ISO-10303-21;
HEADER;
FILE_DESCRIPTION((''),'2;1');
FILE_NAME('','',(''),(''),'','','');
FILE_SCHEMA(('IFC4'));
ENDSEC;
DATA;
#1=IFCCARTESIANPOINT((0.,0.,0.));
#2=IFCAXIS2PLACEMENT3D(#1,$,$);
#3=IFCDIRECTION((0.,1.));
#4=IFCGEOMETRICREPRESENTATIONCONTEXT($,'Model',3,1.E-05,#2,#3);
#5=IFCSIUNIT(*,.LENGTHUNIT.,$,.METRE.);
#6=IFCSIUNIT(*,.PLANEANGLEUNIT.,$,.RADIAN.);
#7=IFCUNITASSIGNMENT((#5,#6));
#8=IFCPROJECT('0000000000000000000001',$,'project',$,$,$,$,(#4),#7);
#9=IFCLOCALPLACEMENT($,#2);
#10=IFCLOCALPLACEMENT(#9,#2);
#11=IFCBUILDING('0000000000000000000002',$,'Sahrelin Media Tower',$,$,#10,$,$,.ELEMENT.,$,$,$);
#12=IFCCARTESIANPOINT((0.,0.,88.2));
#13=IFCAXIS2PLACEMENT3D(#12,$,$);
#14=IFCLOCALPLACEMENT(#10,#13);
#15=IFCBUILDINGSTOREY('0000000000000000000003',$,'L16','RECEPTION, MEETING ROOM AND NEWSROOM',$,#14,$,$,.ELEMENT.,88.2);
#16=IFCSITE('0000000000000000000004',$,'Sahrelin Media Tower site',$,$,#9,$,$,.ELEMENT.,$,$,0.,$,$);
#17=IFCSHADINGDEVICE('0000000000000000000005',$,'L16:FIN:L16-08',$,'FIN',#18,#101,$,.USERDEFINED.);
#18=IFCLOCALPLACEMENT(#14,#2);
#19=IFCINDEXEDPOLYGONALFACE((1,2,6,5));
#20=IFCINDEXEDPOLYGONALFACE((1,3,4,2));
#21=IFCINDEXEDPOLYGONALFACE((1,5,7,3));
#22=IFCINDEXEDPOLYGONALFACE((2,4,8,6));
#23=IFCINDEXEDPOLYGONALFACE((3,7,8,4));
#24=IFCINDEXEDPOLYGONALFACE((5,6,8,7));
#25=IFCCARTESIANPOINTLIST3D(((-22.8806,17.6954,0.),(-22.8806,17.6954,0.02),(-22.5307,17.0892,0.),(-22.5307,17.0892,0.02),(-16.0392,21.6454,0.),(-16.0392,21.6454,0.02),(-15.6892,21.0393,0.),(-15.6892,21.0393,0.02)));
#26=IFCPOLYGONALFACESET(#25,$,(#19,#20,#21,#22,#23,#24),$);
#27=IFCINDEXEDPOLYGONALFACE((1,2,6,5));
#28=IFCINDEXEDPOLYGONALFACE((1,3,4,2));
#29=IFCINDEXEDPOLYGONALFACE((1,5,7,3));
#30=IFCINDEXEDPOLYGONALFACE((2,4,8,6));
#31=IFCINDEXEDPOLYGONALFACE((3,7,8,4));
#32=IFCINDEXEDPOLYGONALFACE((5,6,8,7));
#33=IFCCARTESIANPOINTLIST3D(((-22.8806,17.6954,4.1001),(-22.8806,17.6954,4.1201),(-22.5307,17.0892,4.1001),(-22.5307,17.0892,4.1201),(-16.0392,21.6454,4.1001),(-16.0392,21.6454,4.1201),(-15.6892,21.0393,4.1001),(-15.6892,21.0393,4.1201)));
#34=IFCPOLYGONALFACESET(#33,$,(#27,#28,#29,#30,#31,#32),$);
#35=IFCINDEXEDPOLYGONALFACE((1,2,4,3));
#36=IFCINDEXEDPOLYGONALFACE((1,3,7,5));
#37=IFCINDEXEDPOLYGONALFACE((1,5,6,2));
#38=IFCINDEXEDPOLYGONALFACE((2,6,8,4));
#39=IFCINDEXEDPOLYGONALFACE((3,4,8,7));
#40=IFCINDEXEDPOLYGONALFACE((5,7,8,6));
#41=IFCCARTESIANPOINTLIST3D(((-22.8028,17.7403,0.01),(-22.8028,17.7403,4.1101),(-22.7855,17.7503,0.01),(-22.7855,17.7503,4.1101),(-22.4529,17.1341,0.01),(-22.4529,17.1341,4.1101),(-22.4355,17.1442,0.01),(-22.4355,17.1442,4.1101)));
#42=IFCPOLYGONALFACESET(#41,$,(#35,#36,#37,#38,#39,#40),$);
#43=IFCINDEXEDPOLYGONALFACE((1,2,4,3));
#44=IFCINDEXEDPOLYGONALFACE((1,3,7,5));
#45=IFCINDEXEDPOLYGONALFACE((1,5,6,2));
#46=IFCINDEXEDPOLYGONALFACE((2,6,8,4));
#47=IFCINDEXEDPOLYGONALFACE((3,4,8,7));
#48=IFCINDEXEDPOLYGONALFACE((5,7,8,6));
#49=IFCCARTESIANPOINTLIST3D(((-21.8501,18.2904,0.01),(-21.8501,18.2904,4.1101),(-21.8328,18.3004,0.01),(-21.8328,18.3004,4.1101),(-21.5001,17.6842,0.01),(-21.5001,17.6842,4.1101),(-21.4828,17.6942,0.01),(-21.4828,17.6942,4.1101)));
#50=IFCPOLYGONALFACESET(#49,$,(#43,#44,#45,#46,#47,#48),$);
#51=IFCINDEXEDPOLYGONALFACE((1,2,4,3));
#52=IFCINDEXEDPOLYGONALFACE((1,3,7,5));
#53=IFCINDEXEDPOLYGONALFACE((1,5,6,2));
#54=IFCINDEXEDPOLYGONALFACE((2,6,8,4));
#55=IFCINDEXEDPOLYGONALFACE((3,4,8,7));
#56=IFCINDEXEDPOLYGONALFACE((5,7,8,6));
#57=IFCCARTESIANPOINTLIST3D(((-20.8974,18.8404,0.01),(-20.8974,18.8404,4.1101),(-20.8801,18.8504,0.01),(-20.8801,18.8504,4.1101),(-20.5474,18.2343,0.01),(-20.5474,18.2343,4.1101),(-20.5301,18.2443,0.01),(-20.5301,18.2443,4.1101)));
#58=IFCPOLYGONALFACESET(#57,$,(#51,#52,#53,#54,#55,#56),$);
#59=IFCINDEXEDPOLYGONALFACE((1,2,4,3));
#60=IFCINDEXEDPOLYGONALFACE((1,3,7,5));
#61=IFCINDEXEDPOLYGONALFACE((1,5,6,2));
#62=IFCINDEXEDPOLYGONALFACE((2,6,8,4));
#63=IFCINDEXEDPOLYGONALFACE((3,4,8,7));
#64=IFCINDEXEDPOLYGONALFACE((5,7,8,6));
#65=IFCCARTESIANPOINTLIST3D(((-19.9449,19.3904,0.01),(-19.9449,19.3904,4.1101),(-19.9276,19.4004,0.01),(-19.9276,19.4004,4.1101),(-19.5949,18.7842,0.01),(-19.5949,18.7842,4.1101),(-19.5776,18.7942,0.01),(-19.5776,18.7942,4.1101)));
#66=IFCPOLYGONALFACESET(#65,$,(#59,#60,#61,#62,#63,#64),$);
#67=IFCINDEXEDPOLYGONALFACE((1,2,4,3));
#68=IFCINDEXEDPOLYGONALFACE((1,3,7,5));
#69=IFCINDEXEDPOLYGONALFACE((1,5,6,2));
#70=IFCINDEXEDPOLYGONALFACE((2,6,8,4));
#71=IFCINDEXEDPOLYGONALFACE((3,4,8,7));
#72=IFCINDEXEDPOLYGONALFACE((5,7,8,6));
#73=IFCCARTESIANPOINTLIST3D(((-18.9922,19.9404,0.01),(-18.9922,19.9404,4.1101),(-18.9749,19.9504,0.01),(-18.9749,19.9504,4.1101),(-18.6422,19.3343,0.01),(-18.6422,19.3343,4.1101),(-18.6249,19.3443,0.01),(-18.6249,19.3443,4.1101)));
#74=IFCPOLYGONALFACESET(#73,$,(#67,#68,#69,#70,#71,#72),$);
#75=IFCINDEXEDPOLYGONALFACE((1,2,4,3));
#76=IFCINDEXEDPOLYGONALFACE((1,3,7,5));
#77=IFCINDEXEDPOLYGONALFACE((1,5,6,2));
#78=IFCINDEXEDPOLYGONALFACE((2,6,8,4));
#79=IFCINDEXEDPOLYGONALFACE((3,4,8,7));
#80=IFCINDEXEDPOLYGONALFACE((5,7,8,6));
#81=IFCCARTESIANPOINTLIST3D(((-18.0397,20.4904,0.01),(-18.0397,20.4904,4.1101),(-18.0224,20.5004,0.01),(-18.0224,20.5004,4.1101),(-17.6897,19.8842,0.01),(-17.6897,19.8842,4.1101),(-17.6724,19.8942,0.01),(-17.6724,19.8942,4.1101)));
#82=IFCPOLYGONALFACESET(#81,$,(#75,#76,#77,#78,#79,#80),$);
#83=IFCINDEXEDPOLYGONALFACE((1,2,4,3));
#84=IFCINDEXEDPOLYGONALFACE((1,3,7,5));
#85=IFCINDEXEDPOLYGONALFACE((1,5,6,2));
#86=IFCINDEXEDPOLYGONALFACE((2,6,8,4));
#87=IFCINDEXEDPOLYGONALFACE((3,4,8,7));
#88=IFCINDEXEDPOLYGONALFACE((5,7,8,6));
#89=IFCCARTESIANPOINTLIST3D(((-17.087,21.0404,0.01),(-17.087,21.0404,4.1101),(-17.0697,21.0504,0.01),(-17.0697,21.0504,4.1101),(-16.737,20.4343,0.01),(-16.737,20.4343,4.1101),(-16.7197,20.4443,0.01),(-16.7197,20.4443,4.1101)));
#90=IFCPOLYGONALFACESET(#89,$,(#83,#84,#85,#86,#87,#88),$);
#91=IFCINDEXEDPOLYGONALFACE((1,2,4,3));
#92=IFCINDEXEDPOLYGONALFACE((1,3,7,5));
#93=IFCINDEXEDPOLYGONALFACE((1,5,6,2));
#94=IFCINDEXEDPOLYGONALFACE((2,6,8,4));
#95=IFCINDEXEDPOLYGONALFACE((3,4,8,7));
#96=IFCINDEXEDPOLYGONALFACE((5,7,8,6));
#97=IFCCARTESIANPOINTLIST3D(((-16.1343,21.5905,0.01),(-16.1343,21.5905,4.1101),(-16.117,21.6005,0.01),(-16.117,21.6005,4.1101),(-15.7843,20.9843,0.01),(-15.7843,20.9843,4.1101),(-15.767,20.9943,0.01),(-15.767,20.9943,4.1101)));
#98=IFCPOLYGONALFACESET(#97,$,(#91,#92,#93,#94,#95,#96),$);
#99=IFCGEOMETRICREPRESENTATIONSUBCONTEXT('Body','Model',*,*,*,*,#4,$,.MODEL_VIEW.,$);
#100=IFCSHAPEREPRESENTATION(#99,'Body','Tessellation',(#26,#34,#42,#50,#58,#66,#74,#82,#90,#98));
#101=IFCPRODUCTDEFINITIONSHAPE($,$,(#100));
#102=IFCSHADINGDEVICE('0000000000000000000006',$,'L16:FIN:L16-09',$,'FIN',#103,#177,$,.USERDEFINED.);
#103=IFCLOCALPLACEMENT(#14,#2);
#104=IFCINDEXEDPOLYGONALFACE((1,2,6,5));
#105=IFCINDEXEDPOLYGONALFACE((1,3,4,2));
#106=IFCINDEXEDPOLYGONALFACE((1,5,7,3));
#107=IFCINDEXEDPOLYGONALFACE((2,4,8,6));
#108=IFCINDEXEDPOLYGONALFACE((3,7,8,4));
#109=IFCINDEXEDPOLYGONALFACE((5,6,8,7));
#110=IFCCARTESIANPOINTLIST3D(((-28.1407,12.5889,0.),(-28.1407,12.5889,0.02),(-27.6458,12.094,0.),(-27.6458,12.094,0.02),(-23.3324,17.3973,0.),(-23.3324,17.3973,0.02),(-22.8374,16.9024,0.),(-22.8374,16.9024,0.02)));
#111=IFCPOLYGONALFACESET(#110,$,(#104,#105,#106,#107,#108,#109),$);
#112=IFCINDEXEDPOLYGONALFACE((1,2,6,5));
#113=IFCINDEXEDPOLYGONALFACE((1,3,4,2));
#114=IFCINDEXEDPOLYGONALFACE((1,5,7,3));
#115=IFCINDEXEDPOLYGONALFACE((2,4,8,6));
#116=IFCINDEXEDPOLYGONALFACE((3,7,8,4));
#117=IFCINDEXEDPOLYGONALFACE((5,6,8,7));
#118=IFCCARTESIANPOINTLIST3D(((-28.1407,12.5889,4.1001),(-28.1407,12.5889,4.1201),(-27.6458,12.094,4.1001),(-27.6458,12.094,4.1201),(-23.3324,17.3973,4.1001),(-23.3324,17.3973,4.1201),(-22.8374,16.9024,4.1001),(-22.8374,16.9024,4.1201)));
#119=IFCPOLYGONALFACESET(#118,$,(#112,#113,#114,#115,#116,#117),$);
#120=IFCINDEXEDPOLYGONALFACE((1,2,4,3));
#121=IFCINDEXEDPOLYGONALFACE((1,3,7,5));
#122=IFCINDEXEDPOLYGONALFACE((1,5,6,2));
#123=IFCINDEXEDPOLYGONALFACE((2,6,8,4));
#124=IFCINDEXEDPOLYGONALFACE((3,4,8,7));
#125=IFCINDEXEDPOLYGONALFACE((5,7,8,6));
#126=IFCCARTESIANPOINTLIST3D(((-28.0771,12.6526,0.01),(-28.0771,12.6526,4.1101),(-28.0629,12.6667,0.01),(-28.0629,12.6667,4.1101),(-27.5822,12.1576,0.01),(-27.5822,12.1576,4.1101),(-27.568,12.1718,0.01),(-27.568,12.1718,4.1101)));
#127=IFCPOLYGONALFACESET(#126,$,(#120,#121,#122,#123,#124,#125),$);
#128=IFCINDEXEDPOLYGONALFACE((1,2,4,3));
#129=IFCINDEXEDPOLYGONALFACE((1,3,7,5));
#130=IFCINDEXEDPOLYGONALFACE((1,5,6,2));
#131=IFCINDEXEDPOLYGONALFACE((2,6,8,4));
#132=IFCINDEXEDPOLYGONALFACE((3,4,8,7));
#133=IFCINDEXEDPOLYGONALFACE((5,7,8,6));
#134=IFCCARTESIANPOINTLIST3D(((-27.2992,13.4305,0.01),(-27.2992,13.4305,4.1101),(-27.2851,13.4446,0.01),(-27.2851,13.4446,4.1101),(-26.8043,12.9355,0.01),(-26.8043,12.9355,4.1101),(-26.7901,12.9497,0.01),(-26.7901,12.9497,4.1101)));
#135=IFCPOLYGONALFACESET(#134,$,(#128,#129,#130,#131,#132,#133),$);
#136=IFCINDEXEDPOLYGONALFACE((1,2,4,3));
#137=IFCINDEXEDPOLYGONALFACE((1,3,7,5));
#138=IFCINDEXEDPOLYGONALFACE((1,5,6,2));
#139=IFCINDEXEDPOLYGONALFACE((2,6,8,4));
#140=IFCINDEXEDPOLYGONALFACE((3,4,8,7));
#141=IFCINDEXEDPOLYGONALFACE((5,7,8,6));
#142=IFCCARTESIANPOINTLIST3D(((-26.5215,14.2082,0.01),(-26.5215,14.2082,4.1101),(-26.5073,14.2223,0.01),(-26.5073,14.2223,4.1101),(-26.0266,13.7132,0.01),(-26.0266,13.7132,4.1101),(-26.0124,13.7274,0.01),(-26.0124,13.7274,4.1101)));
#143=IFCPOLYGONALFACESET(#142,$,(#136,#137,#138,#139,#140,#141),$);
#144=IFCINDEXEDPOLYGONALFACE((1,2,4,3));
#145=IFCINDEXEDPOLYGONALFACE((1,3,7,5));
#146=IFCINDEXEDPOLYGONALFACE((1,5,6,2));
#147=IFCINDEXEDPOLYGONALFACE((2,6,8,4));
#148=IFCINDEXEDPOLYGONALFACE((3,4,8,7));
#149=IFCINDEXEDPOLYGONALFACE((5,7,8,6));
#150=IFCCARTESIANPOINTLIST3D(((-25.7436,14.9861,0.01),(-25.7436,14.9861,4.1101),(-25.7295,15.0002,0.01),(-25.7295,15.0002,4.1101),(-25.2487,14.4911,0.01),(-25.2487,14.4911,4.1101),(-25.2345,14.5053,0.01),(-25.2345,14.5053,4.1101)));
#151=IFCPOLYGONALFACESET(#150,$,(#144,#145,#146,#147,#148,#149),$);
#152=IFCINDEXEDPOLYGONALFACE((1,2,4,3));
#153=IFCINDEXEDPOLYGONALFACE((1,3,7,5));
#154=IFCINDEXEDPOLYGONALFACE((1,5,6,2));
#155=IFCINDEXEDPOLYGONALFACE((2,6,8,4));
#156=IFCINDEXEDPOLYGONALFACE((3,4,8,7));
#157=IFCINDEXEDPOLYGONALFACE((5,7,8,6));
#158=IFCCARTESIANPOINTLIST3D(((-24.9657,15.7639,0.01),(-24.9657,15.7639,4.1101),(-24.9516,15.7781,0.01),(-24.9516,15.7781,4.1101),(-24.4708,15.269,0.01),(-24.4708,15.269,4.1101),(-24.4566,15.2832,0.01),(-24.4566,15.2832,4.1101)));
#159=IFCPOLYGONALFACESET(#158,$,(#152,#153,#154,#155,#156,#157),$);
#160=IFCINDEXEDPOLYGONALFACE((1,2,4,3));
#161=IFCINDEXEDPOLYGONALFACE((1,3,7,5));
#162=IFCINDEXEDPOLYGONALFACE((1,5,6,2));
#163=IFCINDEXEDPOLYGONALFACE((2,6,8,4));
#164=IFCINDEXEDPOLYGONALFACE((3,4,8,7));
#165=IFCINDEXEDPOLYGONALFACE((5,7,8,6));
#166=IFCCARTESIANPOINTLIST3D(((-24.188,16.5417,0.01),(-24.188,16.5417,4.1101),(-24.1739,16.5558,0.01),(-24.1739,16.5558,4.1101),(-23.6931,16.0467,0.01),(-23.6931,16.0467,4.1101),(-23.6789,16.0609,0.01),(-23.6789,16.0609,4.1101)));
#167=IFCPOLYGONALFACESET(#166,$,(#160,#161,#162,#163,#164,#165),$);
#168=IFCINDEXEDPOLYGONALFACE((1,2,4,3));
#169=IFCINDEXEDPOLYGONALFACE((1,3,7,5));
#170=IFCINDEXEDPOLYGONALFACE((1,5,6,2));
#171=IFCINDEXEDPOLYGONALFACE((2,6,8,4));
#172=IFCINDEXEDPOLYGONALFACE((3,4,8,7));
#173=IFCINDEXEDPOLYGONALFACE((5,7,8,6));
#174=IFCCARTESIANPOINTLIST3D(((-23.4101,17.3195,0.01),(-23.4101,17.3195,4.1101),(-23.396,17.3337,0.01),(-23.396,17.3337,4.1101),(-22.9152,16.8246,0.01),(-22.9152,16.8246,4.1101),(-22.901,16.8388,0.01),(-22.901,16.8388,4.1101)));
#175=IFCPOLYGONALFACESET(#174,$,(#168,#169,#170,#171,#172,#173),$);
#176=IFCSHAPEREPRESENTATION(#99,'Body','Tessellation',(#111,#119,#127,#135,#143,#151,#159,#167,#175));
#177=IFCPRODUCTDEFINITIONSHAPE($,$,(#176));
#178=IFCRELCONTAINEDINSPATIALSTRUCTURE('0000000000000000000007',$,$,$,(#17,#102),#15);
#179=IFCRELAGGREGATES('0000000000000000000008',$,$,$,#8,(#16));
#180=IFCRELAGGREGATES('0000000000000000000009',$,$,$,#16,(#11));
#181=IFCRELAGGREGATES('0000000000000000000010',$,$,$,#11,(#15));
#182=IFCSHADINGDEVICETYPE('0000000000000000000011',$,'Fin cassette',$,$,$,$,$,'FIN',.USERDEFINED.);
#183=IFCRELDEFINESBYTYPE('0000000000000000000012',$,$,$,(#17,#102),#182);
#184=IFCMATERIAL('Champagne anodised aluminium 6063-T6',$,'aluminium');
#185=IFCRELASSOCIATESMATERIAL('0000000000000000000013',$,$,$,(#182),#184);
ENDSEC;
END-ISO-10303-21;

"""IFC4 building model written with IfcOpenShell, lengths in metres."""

from ifc_helpers import new_model, si_unit, direction, frame, origin, origin_2d, place, context, subcontext, project, spatial, rectangle, extrude, material, type_object, element, save


model = new_model("IFC4")

# Units and contexts
model_context = context("Model", 3, precision=1e-05, world=origin(), true_north=direction((0.0, 1.0)))
body_context = subcontext(model_context, "Body", "Model", "MODEL_VIEW")
ifc_project = project(units=[si_unit("LENGTHUNIT", "METRE"), si_unit("PLANEANGLEUNIT", "RADIAN")], contexts=[model_context])

# Site, building, storey
site_placement = place(None, origin())
site = spatial("IfcSite", under=ifc_project, at=site_placement, Name="Sahrelin Media Tower site", CompositionType="ELEMENT", RefElevation=0.0)
building_placement = place(site_placement, origin())
building = spatial("IfcBuilding", under=site, at=building_placement, Name="Sahrelin Media Tower", CompositionType="ELEMENT")
storey_placement = place(building_placement, frame((0.0, 0.0, 88.2)))
storey = spatial("IfcBuildingStorey", under=building, at=storey_placement, Name="L16", Description="RECEPTION, MEETING ROOM AND NEWSROOM", CompositionType="ELEMENT", Elevation=88.2)

# Shared definitions
ifc_material_1 = material(Name="Champagne anodised aluminium 6063-T6", Category="aluminium")

# Shading devices
shading_device_type_1 = type_object("IfcShadingDeviceType", Name="Fin cassette", ElementType="FIN", PredefinedType="USERDEFINED", material=ifc_material_1)
placement_1 = place(storey_placement, frame((-19.075, 19.0037, 0.0), z_axis=(0.0, 0.0, 1.0), x_axis=(0.866019, 0.500011, 0.0)))
element("IfcShadingDevice", 1, at=placement_1, inside=storey, type_object=shading_device_type_1, Name="L16:FIN:L16-08", ObjectType="FIN", PredefinedType="USERDEFINED", context=body_context, shape_type="SweptSolid", body=[
    extrude(rectangle(XDim=7.8999, YDim=0.7, at=origin_2d()), frame((0.0, 0.4199, 0.0)), (0.0, 0.0, 1.0), 0.02),
    extrude(rectangle(XDim=7.8999, YDim=0.7, at=origin_2d()), frame((0.0, 0.4199, 4.1001)), (0.0, 0.0, 1.0), 0.02),
    extrude(rectangle(XDim=0.02, YDim=0.7, at=origin_2d()), frame((-3.8501, 0.4199, 0.01), z_axis=(0.0, 0.0, 1.0), x_axis=(1.0, 0.0, 0.0)), (0.0, 0.0, 1.0), 4.1001),
    extrude(rectangle(XDim=0.02, YDim=0.7, at=origin_2d()), frame((-2.75, 0.4199, 0.01), z_axis=(0.0, 0.0, 1.0), x_axis=(1.0, 0.0, 0.0)), (0.0, 0.0, 1.0), 4.1001),
    extrude(rectangle(XDim=0.02, YDim=0.7, at=origin_2d()), frame((-1.6499, 0.4199, 0.01), z_axis=(0.0, 0.0, 1.0), x_axis=(1.0, 0.0, 0.0)), (0.0, 0.0, 1.0), 4.1001),
    extrude(rectangle(XDim=0.02, YDim=0.7, at=origin_2d()), frame((-0.55, 0.4199, 0.01), z_axis=(0.0, 0.0, 1.0), x_axis=(1.0, 0.0, 0.0)), (0.0, 0.0, 1.0), 4.1001),
    extrude(rectangle(XDim=0.02, YDim=0.7, at=origin_2d()), frame((0.55, 0.4199, 0.01), z_axis=(0.0, 0.0, 1.0), x_axis=(1.0, 0.0, 0.0)), (0.0, 0.0, 1.0), 4.1001),
    extrude(rectangle(XDim=0.02, YDim=0.7, at=origin_2d()), frame((1.6499, 0.4199, 0.01), z_axis=(0.0, 0.0, 1.0), x_axis=(1.0, 0.0, 0.0)), (0.0, 0.0, 1.0), 4.1001),
    extrude(rectangle(XDim=0.02, YDim=0.7, at=origin_2d()), frame((2.75, 0.4199, 0.01), z_axis=(0.0, 0.0, 1.0), x_axis=(1.0, 0.0, 0.0)), (0.0, 0.0, 1.0), 4.1001),
    extrude(rectangle(XDim=0.02, YDim=0.7, at=origin_2d()), frame((3.8501, 0.4199, 0.01), z_axis=(0.0, 0.0, 1.0), x_axis=(1.0, 0.0, 0.0)), (0.0, 0.0, 1.0), 4.1001),
])
placement_2 = place(storey_placement, frame((-25.1921, 14.4487, 0.0), z_axis=(0.0, 0.0, 1.0), x_axis=(0.707107, 0.707107, 0.0)))
element("IfcShadingDevice", 2, at=placement_2, inside=storey, type_object=shading_device_type_1, Name="L16:FIN:L16-09", ObjectType="FIN", PredefinedType="USERDEFINED", context=body_context, shape_type="SweptSolid", body=[
    extrude(rectangle(XDim=6.8, YDim=0.7, at=origin_2d()), frame((0.0, 0.4199, 0.0)), (0.0, 0.0, 1.0), 0.02),
    extrude(rectangle(XDim=6.8, YDim=0.7, at=origin_2d()), frame((0.0, 0.4199, 4.1001)), (0.0, 0.0, 1.0), 0.02),
    extrude(rectangle(XDim=0.02, YDim=0.7, at=origin_2d()), frame((-3.3, 0.4199, 0.01), z_axis=(0.0, 0.0, 1.0), x_axis=(1.0, 0.0, 0.0)), (0.0, 0.0, 1.0), 4.1001),
    extrude(rectangle(XDim=0.02, YDim=0.7, at=origin_2d()), frame((-2.2, 0.4199, 0.01), z_axis=(0.0, 0.0, 1.0), x_axis=(1.0, 0.0, 0.0)), (0.0, 0.0, 1.0), 4.1001),
    extrude(rectangle(XDim=0.02, YDim=0.7, at=origin_2d()), frame((-1.1001, 0.4199, 0.01), z_axis=(0.0, 0.0, 1.0), x_axis=(1.0, 0.0, 0.0)), (0.0, 0.0, 1.0), 4.1001),
    extrude(rectangle(XDim=0.02, YDim=0.7, at=origin_2d()), frame((0.0, 0.4199, 0.01), z_axis=(0.0, 0.0, 1.0), x_axis=(1.0, 0.0, 0.0)), (0.0, 0.0, 1.0), 4.1001),
    extrude(rectangle(XDim=0.02, YDim=0.7, at=origin_2d()), frame((1.1001, 0.4199, 0.01), z_axis=(0.0, 0.0, 1.0), x_axis=(1.0, 0.0, 0.0)), (0.0, 0.0, 1.0), 4.1001),
    extrude(rectangle(XDim=0.02, YDim=0.7, at=origin_2d()), frame((2.2, 0.4199, 0.01), z_axis=(0.0, 0.0, 1.0), x_axis=(1.0, 0.0, 0.0)), (0.0, 0.0, 1.0), 4.1001),
    extrude(rectangle(XDim=0.02, YDim=0.7, at=origin_2d()), frame((3.3, 0.4199, 0.01), z_axis=(0.0, 0.0, 1.0), x_axis=(1.0, 0.0, 0.0)), (0.0, 0.0, 1.0), 4.1001),
])

save(model, "model.ifc")
